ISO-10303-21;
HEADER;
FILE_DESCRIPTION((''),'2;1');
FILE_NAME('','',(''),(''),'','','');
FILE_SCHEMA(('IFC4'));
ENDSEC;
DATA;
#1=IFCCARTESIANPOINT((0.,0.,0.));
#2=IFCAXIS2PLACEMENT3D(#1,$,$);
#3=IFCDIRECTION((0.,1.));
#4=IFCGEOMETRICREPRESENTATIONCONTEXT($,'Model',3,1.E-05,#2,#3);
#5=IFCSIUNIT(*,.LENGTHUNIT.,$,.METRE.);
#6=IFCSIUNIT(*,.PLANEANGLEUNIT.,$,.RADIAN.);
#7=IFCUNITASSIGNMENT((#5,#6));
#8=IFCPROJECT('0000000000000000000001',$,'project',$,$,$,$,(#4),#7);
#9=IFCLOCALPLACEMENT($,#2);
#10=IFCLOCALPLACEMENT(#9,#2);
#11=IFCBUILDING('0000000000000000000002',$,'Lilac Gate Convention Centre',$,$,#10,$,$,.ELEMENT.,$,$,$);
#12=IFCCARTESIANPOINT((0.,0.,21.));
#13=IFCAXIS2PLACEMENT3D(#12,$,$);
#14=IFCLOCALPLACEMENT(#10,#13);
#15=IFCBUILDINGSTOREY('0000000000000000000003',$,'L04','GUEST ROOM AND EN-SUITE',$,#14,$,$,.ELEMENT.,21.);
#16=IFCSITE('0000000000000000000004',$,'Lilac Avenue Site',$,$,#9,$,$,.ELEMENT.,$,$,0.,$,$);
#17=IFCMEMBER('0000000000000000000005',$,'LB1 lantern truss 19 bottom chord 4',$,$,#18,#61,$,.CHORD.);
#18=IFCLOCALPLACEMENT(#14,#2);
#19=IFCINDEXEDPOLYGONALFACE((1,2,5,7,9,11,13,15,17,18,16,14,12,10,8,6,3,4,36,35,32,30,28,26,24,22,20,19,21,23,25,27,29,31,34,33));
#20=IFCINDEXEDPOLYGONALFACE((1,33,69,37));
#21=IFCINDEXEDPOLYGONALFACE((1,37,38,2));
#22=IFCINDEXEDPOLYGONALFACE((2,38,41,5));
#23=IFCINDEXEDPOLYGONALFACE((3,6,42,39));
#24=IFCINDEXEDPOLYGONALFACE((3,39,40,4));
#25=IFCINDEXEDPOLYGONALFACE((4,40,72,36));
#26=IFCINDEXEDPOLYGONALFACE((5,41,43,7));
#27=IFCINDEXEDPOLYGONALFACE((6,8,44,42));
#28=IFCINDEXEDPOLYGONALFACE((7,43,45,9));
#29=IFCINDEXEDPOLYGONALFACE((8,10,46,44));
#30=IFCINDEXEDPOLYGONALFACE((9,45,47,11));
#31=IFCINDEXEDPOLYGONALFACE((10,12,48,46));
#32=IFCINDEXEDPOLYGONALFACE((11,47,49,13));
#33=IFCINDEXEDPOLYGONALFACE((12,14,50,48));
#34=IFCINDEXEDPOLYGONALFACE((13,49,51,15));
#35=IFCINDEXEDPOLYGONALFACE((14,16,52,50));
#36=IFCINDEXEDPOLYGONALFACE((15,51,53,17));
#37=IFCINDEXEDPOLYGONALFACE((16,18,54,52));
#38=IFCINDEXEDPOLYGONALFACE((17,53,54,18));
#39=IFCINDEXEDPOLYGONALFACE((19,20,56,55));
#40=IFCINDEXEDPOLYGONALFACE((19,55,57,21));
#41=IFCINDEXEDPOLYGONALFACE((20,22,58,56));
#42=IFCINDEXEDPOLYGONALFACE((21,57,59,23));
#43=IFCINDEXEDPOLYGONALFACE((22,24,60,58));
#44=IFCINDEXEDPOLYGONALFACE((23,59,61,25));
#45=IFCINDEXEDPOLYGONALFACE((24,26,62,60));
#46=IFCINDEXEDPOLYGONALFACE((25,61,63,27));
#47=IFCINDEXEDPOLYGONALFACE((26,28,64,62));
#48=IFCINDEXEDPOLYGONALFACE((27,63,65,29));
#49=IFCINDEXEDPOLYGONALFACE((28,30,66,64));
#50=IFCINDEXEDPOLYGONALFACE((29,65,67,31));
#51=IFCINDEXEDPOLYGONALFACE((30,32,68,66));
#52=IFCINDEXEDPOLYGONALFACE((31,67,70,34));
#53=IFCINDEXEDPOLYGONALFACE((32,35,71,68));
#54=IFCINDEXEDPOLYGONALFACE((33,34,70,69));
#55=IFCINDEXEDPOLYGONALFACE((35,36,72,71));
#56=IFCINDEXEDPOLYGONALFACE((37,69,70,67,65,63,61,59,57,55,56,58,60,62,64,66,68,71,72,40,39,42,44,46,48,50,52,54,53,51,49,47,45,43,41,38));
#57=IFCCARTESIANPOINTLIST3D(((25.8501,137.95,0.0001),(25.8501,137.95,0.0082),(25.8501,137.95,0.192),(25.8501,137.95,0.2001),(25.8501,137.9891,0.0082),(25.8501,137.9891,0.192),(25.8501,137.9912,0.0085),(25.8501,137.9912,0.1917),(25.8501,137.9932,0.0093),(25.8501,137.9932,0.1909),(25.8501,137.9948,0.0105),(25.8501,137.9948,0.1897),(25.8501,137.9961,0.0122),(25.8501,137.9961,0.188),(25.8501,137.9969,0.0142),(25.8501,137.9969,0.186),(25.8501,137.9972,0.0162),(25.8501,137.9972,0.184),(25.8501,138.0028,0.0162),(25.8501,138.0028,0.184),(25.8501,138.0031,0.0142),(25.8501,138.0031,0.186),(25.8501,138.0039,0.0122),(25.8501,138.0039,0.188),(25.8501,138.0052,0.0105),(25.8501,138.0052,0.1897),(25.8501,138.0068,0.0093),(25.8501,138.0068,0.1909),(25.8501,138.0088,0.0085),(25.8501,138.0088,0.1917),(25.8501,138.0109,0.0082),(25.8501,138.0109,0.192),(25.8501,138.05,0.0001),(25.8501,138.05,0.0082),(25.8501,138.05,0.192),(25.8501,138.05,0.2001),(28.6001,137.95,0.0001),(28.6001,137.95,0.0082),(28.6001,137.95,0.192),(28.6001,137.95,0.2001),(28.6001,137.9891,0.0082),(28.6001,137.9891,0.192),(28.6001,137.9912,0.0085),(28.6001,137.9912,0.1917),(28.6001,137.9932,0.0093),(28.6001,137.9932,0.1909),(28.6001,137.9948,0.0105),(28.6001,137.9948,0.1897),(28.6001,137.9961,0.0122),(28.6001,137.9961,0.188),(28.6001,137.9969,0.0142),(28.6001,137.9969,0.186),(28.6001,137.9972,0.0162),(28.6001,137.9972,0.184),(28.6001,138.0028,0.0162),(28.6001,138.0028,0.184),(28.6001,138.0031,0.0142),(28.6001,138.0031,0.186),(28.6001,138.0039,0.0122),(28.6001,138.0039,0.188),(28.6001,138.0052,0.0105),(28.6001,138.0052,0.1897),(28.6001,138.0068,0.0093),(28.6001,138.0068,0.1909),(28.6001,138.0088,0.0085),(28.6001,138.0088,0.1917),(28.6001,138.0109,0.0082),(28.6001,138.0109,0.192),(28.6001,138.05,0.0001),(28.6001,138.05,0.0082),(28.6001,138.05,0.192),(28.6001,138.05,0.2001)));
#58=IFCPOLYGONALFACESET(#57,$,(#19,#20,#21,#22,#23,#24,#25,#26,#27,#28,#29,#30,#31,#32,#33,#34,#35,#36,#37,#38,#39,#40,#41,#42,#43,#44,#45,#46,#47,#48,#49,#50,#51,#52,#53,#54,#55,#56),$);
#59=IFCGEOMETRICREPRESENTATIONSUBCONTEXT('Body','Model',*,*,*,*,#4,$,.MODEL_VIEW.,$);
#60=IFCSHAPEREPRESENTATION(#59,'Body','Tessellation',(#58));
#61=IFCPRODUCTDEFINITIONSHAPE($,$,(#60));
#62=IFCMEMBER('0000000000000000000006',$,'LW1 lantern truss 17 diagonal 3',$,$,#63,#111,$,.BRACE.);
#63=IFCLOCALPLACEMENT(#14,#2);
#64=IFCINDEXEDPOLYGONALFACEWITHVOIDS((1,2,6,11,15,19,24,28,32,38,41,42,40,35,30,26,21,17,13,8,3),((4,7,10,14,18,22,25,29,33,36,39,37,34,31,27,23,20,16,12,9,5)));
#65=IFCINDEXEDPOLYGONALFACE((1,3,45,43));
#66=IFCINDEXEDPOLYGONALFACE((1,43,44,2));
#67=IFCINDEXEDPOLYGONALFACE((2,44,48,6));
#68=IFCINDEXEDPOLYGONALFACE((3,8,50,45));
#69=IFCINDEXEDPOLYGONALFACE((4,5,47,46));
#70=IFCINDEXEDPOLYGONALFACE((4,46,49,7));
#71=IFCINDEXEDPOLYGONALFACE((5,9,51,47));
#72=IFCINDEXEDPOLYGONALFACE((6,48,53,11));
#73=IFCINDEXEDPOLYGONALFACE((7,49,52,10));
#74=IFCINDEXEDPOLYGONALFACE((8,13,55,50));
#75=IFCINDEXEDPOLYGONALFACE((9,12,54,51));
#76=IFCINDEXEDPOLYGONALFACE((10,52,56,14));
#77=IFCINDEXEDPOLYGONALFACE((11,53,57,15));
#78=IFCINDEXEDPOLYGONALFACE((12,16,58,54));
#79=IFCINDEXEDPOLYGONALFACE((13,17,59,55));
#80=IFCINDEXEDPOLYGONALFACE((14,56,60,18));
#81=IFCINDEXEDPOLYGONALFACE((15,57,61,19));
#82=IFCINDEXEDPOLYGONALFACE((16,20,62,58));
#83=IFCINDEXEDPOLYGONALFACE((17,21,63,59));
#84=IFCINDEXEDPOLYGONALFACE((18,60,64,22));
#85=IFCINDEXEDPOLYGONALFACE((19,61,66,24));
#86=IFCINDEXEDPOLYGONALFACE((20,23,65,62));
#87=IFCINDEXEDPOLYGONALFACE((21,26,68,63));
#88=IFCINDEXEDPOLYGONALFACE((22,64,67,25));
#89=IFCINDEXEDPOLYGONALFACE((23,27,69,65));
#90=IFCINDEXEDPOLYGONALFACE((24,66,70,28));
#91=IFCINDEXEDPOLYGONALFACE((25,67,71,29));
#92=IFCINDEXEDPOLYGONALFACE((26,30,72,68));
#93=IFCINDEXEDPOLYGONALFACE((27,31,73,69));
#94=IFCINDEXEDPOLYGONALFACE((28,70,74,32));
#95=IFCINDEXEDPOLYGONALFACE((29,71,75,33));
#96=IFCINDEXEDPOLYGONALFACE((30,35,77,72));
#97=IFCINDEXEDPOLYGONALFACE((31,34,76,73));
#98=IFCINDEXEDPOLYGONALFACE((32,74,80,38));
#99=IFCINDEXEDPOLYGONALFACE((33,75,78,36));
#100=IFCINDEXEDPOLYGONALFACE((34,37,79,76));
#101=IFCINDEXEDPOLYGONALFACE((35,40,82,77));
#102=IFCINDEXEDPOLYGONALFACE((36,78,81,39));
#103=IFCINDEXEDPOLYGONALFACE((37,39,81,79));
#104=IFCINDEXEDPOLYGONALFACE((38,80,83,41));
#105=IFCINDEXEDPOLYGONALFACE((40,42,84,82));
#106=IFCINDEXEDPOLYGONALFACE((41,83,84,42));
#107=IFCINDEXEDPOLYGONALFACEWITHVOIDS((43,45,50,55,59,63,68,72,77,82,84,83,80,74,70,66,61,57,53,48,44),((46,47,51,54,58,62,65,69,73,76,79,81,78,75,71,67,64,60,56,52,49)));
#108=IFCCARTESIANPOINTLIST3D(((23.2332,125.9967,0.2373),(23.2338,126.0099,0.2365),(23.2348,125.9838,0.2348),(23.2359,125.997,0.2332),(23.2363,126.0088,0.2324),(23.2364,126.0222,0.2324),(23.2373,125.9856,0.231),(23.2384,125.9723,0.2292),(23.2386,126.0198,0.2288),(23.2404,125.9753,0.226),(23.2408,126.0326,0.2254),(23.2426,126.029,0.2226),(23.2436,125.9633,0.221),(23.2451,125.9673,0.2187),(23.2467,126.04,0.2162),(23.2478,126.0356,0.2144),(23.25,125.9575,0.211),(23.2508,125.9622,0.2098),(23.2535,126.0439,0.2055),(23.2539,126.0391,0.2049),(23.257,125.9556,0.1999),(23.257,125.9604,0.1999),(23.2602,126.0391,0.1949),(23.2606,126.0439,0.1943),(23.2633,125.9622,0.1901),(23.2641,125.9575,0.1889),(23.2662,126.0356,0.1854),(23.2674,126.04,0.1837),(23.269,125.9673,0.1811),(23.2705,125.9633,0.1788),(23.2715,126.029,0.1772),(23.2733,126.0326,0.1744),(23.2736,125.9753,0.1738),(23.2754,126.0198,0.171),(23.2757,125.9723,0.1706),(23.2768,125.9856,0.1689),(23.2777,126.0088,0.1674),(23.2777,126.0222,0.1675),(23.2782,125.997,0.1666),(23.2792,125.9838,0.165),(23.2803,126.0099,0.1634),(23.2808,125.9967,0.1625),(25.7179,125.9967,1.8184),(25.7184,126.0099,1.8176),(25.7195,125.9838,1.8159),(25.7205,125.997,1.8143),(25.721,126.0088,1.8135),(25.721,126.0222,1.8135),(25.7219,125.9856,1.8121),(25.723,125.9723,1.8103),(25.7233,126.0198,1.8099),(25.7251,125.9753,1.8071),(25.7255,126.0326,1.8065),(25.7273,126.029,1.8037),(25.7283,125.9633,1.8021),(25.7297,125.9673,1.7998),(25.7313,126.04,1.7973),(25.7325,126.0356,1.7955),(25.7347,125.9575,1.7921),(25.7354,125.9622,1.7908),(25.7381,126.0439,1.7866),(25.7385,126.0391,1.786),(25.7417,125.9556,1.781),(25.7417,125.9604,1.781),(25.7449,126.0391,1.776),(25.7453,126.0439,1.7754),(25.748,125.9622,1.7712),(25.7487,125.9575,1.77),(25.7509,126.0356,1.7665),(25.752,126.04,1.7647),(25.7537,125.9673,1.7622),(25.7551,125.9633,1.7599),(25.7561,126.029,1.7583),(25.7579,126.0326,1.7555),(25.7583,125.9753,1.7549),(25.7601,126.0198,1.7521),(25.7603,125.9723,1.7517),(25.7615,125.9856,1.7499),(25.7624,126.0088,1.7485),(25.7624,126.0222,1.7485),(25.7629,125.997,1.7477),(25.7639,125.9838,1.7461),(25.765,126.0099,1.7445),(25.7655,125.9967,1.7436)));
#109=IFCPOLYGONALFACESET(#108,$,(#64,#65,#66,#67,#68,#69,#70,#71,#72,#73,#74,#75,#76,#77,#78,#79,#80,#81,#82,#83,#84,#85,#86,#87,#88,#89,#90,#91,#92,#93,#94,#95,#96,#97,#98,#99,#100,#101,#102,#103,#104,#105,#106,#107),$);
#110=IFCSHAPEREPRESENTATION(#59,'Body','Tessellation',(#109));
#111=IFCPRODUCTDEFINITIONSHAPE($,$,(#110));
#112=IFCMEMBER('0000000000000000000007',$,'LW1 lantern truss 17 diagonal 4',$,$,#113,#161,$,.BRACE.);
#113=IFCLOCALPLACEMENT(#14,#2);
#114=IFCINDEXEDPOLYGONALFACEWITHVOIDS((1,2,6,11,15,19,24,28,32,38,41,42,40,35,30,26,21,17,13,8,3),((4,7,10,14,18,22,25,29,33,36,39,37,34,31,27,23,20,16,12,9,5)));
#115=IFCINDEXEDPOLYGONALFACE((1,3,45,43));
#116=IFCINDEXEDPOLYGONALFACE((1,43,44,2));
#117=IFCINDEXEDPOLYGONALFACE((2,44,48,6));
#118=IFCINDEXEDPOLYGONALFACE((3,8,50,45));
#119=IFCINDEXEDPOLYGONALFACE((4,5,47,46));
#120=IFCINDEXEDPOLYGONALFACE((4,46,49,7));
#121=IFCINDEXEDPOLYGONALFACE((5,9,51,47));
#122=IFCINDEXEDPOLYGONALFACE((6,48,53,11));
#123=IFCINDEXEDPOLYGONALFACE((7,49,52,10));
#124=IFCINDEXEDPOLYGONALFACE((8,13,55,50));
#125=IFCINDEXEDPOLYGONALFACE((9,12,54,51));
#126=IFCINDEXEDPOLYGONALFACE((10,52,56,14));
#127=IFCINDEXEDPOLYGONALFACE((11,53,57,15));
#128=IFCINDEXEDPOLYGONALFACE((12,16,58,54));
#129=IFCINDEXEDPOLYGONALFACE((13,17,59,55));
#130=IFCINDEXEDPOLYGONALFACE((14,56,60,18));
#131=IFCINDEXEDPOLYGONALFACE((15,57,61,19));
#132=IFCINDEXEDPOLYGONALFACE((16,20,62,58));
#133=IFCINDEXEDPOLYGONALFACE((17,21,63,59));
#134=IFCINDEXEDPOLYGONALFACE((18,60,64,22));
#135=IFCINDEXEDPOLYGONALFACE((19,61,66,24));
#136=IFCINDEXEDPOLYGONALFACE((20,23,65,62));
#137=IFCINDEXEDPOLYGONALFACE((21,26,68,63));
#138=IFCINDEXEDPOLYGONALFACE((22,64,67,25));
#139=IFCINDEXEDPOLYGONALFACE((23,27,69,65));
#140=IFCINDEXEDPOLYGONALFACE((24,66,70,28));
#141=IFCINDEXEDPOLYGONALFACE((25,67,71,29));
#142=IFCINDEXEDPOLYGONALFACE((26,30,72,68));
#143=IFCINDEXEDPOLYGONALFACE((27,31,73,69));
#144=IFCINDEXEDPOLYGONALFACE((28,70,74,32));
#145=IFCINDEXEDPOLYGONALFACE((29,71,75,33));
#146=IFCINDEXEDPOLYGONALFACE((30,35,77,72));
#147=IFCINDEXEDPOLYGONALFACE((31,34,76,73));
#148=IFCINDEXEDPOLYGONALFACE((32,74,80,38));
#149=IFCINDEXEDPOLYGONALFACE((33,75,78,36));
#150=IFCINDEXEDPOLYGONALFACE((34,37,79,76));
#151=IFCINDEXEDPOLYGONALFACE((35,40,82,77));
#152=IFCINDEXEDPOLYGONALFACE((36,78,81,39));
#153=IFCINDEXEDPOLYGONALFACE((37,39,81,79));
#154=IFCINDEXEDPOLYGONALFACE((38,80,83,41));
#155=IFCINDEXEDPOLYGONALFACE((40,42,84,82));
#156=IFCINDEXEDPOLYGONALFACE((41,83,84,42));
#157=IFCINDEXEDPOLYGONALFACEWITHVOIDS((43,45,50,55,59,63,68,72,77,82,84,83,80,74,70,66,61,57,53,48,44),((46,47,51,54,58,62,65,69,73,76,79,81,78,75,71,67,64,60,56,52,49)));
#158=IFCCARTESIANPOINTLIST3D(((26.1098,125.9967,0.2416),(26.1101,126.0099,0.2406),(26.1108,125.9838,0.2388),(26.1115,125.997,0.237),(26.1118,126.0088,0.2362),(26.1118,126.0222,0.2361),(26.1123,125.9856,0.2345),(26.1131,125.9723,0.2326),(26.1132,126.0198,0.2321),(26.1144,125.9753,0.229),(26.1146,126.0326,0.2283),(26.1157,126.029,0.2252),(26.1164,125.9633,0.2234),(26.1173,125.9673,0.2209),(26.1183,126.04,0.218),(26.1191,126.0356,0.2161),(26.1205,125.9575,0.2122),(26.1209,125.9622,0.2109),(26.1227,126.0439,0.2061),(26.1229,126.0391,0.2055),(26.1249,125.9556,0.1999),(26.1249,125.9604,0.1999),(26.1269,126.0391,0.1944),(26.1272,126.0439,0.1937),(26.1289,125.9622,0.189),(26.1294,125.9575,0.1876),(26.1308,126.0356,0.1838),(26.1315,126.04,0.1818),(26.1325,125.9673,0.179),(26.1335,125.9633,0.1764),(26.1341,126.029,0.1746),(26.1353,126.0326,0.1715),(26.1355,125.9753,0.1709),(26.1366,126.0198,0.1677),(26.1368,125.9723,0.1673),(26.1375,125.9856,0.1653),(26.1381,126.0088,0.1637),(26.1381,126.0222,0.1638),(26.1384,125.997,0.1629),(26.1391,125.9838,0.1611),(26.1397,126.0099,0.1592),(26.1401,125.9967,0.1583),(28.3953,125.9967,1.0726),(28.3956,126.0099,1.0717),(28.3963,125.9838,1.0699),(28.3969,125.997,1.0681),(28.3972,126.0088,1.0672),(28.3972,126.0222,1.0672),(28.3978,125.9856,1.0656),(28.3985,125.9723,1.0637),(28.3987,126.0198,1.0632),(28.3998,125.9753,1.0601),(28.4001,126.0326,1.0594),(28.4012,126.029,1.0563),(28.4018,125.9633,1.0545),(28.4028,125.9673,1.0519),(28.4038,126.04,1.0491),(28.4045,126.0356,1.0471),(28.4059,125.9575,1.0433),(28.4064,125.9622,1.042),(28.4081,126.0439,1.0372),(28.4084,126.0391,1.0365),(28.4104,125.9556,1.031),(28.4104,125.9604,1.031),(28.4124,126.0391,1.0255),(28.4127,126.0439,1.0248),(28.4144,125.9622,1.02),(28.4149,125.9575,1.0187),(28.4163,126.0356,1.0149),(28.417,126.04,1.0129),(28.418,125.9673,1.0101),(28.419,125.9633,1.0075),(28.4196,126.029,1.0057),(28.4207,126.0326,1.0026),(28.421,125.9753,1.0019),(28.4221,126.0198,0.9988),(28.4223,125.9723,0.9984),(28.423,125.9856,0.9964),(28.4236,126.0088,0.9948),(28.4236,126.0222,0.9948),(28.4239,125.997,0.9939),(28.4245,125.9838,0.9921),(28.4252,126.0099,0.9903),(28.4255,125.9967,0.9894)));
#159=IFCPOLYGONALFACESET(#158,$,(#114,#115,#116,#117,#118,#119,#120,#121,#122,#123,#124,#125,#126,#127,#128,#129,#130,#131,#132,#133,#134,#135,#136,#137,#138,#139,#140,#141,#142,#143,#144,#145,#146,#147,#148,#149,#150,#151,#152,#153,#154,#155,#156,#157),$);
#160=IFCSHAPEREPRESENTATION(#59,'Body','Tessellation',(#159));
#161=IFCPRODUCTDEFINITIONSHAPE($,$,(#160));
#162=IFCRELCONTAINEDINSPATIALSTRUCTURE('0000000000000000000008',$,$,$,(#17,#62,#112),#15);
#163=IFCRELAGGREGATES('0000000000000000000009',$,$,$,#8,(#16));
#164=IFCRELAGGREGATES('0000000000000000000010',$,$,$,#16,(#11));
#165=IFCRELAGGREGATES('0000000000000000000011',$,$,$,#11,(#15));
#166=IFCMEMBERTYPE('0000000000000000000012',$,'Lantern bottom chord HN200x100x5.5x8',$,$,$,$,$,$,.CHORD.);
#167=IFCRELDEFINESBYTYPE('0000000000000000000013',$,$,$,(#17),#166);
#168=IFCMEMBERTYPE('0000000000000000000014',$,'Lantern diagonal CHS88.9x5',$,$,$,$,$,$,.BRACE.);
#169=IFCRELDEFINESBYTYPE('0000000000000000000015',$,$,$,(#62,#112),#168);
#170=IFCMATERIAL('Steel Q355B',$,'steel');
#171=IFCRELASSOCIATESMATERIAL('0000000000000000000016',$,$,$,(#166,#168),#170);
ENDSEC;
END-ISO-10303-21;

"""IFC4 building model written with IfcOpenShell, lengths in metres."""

from ifc_helpers import new_model, si_unit, direction, frame, origin, origin_2d, place, context, subcontext, project, spatial, hollow_circle, i_section, extrude, material, material_profile, profile_set, type_object, element, save


model = new_model("IFC4")

# Units and contexts
model_context = context("Model", 3, precision=1e-05, world=origin(), true_north=direction((0.0, 1.0)))
body_context = subcontext(model_context, "Body", "Model", "MODEL_VIEW")
ifc_project = project(units=[si_unit("LENGTHUNIT", "METRE"), si_unit("PLANEANGLEUNIT", "RADIAN")], contexts=[model_context])

# Site, building, storey
site_placement = place(None, origin())
site = spatial("IfcSite", under=ifc_project, at=site_placement, Name="Lilac Avenue Site", CompositionType="ELEMENT", RefElevation=0.0)
building_placement = place(site_placement, origin())
building = spatial("IfcBuilding", under=site, at=building_placement, Name="Lilac Gate Convention Centre", CompositionType="ELEMENT")
storey_placement = place(building_placement, frame((0.0, 0.0, 21.0)))
storey = spatial("IfcBuildingStorey", under=building, at=storey_placement, Name="L04", Description="GUEST ROOM AND EN-SUITE", CompositionType="ELEMENT", Elevation=21.0)

# Members
ifc_material_1 = material(Name="Steel Q355B", Category="steel")
ifc_material_profile_1 = material_profile(ifc_material_1, i_section(OverallWidth=0.1001, OverallDepth=0.2, WebThickness=0.0056, FlangeThickness=0.0081, FilletRadius=0.0081, at=origin_2d()), Name="HN200x100x5.5x8")
ifc_profile_set_1 = profile_set([ifc_material_profile_1], Name="Steel Q355B")
member_type_1 = type_object("IfcMemberType", Name="Lantern bottom chord HN200x100x5.5x8", PredefinedType="CHORD", material=ifc_profile_set_1)
for number, where, z_axis, x_axis, name in (
    (1, (25.8501, 138.0, 0.1001), (1.0, 0.0, 0.0), (0.0, 1.0, 0.0), "LB1 lantern truss 19 bottom chord 4"),
):
    element("IfcMember", number, at=place(storey_placement, frame(where, z_axis=z_axis, x_axis=x_axis)), inside=storey, type_object=member_type_1, Name=name, PredefinedType="CHORD", context=body_context, shape_type="SweptSolid", body=[
        extrude(i_section(OverallWidth=0.1001, OverallDepth=0.2, WebThickness=0.0056, FlangeThickness=0.0081, FilletRadius=0.0081, at=origin_2d()), origin(), (0.0, 0.0, 1.0), 2.75),
    ])
ifc_material_profile_2 = material_profile(ifc_material_1, hollow_circle(Radius=0.0444, WallThickness=0.0049, at=origin_2d()), Name="CHS88.9x5")
ifc_profile_set_2 = profile_set([ifc_material_profile_2], Name="Steel Q355B")
member_type_2 = type_object("IfcMemberType", Name="Lantern diagonal CHS88.9x5", PredefinedType="BRACE", material=ifc_profile_set_2)
member_1_placement = place(storey_placement, frame((25.7417, 126.0, 1.781), z_axis=(-0.843672, 0.0, -0.536859), x_axis=(0.0, -1.0, 0.0)))
element("IfcMember", 2, at=member_1_placement, inside=storey, type_object=member_type_2, Name="LW1 lantern truss 17 diagonal 3", PredefinedType="BRACE", context=body_context, shape_type="SweptSolid", body=[
    extrude(hollow_circle(Radius=0.0444, WallThickness=0.0049, at=origin_2d()), origin(), (0.0, 0.0, 1.0), 2.9451),
])
member_2_placement = place(storey_placement, frame((28.4104, 126.0, 1.031), z_axis=(-0.939793, 0.0, -0.341743), x_axis=(0.0, -1.0, 0.0)))
element("IfcMember", 3, at=member_2_placement, inside=storey, type_object=member_type_2, Name="LW1 lantern truss 17 diagonal 4", PredefinedType="BRACE", context=body_context, shape_type="SweptSolid", body=[
    extrude(hollow_circle(Radius=0.0444, WallThickness=0.0049, at=origin_2d()), origin(), (0.0, 0.0, 1.0), 2.4319),
])

save(model, "model.ifc")
